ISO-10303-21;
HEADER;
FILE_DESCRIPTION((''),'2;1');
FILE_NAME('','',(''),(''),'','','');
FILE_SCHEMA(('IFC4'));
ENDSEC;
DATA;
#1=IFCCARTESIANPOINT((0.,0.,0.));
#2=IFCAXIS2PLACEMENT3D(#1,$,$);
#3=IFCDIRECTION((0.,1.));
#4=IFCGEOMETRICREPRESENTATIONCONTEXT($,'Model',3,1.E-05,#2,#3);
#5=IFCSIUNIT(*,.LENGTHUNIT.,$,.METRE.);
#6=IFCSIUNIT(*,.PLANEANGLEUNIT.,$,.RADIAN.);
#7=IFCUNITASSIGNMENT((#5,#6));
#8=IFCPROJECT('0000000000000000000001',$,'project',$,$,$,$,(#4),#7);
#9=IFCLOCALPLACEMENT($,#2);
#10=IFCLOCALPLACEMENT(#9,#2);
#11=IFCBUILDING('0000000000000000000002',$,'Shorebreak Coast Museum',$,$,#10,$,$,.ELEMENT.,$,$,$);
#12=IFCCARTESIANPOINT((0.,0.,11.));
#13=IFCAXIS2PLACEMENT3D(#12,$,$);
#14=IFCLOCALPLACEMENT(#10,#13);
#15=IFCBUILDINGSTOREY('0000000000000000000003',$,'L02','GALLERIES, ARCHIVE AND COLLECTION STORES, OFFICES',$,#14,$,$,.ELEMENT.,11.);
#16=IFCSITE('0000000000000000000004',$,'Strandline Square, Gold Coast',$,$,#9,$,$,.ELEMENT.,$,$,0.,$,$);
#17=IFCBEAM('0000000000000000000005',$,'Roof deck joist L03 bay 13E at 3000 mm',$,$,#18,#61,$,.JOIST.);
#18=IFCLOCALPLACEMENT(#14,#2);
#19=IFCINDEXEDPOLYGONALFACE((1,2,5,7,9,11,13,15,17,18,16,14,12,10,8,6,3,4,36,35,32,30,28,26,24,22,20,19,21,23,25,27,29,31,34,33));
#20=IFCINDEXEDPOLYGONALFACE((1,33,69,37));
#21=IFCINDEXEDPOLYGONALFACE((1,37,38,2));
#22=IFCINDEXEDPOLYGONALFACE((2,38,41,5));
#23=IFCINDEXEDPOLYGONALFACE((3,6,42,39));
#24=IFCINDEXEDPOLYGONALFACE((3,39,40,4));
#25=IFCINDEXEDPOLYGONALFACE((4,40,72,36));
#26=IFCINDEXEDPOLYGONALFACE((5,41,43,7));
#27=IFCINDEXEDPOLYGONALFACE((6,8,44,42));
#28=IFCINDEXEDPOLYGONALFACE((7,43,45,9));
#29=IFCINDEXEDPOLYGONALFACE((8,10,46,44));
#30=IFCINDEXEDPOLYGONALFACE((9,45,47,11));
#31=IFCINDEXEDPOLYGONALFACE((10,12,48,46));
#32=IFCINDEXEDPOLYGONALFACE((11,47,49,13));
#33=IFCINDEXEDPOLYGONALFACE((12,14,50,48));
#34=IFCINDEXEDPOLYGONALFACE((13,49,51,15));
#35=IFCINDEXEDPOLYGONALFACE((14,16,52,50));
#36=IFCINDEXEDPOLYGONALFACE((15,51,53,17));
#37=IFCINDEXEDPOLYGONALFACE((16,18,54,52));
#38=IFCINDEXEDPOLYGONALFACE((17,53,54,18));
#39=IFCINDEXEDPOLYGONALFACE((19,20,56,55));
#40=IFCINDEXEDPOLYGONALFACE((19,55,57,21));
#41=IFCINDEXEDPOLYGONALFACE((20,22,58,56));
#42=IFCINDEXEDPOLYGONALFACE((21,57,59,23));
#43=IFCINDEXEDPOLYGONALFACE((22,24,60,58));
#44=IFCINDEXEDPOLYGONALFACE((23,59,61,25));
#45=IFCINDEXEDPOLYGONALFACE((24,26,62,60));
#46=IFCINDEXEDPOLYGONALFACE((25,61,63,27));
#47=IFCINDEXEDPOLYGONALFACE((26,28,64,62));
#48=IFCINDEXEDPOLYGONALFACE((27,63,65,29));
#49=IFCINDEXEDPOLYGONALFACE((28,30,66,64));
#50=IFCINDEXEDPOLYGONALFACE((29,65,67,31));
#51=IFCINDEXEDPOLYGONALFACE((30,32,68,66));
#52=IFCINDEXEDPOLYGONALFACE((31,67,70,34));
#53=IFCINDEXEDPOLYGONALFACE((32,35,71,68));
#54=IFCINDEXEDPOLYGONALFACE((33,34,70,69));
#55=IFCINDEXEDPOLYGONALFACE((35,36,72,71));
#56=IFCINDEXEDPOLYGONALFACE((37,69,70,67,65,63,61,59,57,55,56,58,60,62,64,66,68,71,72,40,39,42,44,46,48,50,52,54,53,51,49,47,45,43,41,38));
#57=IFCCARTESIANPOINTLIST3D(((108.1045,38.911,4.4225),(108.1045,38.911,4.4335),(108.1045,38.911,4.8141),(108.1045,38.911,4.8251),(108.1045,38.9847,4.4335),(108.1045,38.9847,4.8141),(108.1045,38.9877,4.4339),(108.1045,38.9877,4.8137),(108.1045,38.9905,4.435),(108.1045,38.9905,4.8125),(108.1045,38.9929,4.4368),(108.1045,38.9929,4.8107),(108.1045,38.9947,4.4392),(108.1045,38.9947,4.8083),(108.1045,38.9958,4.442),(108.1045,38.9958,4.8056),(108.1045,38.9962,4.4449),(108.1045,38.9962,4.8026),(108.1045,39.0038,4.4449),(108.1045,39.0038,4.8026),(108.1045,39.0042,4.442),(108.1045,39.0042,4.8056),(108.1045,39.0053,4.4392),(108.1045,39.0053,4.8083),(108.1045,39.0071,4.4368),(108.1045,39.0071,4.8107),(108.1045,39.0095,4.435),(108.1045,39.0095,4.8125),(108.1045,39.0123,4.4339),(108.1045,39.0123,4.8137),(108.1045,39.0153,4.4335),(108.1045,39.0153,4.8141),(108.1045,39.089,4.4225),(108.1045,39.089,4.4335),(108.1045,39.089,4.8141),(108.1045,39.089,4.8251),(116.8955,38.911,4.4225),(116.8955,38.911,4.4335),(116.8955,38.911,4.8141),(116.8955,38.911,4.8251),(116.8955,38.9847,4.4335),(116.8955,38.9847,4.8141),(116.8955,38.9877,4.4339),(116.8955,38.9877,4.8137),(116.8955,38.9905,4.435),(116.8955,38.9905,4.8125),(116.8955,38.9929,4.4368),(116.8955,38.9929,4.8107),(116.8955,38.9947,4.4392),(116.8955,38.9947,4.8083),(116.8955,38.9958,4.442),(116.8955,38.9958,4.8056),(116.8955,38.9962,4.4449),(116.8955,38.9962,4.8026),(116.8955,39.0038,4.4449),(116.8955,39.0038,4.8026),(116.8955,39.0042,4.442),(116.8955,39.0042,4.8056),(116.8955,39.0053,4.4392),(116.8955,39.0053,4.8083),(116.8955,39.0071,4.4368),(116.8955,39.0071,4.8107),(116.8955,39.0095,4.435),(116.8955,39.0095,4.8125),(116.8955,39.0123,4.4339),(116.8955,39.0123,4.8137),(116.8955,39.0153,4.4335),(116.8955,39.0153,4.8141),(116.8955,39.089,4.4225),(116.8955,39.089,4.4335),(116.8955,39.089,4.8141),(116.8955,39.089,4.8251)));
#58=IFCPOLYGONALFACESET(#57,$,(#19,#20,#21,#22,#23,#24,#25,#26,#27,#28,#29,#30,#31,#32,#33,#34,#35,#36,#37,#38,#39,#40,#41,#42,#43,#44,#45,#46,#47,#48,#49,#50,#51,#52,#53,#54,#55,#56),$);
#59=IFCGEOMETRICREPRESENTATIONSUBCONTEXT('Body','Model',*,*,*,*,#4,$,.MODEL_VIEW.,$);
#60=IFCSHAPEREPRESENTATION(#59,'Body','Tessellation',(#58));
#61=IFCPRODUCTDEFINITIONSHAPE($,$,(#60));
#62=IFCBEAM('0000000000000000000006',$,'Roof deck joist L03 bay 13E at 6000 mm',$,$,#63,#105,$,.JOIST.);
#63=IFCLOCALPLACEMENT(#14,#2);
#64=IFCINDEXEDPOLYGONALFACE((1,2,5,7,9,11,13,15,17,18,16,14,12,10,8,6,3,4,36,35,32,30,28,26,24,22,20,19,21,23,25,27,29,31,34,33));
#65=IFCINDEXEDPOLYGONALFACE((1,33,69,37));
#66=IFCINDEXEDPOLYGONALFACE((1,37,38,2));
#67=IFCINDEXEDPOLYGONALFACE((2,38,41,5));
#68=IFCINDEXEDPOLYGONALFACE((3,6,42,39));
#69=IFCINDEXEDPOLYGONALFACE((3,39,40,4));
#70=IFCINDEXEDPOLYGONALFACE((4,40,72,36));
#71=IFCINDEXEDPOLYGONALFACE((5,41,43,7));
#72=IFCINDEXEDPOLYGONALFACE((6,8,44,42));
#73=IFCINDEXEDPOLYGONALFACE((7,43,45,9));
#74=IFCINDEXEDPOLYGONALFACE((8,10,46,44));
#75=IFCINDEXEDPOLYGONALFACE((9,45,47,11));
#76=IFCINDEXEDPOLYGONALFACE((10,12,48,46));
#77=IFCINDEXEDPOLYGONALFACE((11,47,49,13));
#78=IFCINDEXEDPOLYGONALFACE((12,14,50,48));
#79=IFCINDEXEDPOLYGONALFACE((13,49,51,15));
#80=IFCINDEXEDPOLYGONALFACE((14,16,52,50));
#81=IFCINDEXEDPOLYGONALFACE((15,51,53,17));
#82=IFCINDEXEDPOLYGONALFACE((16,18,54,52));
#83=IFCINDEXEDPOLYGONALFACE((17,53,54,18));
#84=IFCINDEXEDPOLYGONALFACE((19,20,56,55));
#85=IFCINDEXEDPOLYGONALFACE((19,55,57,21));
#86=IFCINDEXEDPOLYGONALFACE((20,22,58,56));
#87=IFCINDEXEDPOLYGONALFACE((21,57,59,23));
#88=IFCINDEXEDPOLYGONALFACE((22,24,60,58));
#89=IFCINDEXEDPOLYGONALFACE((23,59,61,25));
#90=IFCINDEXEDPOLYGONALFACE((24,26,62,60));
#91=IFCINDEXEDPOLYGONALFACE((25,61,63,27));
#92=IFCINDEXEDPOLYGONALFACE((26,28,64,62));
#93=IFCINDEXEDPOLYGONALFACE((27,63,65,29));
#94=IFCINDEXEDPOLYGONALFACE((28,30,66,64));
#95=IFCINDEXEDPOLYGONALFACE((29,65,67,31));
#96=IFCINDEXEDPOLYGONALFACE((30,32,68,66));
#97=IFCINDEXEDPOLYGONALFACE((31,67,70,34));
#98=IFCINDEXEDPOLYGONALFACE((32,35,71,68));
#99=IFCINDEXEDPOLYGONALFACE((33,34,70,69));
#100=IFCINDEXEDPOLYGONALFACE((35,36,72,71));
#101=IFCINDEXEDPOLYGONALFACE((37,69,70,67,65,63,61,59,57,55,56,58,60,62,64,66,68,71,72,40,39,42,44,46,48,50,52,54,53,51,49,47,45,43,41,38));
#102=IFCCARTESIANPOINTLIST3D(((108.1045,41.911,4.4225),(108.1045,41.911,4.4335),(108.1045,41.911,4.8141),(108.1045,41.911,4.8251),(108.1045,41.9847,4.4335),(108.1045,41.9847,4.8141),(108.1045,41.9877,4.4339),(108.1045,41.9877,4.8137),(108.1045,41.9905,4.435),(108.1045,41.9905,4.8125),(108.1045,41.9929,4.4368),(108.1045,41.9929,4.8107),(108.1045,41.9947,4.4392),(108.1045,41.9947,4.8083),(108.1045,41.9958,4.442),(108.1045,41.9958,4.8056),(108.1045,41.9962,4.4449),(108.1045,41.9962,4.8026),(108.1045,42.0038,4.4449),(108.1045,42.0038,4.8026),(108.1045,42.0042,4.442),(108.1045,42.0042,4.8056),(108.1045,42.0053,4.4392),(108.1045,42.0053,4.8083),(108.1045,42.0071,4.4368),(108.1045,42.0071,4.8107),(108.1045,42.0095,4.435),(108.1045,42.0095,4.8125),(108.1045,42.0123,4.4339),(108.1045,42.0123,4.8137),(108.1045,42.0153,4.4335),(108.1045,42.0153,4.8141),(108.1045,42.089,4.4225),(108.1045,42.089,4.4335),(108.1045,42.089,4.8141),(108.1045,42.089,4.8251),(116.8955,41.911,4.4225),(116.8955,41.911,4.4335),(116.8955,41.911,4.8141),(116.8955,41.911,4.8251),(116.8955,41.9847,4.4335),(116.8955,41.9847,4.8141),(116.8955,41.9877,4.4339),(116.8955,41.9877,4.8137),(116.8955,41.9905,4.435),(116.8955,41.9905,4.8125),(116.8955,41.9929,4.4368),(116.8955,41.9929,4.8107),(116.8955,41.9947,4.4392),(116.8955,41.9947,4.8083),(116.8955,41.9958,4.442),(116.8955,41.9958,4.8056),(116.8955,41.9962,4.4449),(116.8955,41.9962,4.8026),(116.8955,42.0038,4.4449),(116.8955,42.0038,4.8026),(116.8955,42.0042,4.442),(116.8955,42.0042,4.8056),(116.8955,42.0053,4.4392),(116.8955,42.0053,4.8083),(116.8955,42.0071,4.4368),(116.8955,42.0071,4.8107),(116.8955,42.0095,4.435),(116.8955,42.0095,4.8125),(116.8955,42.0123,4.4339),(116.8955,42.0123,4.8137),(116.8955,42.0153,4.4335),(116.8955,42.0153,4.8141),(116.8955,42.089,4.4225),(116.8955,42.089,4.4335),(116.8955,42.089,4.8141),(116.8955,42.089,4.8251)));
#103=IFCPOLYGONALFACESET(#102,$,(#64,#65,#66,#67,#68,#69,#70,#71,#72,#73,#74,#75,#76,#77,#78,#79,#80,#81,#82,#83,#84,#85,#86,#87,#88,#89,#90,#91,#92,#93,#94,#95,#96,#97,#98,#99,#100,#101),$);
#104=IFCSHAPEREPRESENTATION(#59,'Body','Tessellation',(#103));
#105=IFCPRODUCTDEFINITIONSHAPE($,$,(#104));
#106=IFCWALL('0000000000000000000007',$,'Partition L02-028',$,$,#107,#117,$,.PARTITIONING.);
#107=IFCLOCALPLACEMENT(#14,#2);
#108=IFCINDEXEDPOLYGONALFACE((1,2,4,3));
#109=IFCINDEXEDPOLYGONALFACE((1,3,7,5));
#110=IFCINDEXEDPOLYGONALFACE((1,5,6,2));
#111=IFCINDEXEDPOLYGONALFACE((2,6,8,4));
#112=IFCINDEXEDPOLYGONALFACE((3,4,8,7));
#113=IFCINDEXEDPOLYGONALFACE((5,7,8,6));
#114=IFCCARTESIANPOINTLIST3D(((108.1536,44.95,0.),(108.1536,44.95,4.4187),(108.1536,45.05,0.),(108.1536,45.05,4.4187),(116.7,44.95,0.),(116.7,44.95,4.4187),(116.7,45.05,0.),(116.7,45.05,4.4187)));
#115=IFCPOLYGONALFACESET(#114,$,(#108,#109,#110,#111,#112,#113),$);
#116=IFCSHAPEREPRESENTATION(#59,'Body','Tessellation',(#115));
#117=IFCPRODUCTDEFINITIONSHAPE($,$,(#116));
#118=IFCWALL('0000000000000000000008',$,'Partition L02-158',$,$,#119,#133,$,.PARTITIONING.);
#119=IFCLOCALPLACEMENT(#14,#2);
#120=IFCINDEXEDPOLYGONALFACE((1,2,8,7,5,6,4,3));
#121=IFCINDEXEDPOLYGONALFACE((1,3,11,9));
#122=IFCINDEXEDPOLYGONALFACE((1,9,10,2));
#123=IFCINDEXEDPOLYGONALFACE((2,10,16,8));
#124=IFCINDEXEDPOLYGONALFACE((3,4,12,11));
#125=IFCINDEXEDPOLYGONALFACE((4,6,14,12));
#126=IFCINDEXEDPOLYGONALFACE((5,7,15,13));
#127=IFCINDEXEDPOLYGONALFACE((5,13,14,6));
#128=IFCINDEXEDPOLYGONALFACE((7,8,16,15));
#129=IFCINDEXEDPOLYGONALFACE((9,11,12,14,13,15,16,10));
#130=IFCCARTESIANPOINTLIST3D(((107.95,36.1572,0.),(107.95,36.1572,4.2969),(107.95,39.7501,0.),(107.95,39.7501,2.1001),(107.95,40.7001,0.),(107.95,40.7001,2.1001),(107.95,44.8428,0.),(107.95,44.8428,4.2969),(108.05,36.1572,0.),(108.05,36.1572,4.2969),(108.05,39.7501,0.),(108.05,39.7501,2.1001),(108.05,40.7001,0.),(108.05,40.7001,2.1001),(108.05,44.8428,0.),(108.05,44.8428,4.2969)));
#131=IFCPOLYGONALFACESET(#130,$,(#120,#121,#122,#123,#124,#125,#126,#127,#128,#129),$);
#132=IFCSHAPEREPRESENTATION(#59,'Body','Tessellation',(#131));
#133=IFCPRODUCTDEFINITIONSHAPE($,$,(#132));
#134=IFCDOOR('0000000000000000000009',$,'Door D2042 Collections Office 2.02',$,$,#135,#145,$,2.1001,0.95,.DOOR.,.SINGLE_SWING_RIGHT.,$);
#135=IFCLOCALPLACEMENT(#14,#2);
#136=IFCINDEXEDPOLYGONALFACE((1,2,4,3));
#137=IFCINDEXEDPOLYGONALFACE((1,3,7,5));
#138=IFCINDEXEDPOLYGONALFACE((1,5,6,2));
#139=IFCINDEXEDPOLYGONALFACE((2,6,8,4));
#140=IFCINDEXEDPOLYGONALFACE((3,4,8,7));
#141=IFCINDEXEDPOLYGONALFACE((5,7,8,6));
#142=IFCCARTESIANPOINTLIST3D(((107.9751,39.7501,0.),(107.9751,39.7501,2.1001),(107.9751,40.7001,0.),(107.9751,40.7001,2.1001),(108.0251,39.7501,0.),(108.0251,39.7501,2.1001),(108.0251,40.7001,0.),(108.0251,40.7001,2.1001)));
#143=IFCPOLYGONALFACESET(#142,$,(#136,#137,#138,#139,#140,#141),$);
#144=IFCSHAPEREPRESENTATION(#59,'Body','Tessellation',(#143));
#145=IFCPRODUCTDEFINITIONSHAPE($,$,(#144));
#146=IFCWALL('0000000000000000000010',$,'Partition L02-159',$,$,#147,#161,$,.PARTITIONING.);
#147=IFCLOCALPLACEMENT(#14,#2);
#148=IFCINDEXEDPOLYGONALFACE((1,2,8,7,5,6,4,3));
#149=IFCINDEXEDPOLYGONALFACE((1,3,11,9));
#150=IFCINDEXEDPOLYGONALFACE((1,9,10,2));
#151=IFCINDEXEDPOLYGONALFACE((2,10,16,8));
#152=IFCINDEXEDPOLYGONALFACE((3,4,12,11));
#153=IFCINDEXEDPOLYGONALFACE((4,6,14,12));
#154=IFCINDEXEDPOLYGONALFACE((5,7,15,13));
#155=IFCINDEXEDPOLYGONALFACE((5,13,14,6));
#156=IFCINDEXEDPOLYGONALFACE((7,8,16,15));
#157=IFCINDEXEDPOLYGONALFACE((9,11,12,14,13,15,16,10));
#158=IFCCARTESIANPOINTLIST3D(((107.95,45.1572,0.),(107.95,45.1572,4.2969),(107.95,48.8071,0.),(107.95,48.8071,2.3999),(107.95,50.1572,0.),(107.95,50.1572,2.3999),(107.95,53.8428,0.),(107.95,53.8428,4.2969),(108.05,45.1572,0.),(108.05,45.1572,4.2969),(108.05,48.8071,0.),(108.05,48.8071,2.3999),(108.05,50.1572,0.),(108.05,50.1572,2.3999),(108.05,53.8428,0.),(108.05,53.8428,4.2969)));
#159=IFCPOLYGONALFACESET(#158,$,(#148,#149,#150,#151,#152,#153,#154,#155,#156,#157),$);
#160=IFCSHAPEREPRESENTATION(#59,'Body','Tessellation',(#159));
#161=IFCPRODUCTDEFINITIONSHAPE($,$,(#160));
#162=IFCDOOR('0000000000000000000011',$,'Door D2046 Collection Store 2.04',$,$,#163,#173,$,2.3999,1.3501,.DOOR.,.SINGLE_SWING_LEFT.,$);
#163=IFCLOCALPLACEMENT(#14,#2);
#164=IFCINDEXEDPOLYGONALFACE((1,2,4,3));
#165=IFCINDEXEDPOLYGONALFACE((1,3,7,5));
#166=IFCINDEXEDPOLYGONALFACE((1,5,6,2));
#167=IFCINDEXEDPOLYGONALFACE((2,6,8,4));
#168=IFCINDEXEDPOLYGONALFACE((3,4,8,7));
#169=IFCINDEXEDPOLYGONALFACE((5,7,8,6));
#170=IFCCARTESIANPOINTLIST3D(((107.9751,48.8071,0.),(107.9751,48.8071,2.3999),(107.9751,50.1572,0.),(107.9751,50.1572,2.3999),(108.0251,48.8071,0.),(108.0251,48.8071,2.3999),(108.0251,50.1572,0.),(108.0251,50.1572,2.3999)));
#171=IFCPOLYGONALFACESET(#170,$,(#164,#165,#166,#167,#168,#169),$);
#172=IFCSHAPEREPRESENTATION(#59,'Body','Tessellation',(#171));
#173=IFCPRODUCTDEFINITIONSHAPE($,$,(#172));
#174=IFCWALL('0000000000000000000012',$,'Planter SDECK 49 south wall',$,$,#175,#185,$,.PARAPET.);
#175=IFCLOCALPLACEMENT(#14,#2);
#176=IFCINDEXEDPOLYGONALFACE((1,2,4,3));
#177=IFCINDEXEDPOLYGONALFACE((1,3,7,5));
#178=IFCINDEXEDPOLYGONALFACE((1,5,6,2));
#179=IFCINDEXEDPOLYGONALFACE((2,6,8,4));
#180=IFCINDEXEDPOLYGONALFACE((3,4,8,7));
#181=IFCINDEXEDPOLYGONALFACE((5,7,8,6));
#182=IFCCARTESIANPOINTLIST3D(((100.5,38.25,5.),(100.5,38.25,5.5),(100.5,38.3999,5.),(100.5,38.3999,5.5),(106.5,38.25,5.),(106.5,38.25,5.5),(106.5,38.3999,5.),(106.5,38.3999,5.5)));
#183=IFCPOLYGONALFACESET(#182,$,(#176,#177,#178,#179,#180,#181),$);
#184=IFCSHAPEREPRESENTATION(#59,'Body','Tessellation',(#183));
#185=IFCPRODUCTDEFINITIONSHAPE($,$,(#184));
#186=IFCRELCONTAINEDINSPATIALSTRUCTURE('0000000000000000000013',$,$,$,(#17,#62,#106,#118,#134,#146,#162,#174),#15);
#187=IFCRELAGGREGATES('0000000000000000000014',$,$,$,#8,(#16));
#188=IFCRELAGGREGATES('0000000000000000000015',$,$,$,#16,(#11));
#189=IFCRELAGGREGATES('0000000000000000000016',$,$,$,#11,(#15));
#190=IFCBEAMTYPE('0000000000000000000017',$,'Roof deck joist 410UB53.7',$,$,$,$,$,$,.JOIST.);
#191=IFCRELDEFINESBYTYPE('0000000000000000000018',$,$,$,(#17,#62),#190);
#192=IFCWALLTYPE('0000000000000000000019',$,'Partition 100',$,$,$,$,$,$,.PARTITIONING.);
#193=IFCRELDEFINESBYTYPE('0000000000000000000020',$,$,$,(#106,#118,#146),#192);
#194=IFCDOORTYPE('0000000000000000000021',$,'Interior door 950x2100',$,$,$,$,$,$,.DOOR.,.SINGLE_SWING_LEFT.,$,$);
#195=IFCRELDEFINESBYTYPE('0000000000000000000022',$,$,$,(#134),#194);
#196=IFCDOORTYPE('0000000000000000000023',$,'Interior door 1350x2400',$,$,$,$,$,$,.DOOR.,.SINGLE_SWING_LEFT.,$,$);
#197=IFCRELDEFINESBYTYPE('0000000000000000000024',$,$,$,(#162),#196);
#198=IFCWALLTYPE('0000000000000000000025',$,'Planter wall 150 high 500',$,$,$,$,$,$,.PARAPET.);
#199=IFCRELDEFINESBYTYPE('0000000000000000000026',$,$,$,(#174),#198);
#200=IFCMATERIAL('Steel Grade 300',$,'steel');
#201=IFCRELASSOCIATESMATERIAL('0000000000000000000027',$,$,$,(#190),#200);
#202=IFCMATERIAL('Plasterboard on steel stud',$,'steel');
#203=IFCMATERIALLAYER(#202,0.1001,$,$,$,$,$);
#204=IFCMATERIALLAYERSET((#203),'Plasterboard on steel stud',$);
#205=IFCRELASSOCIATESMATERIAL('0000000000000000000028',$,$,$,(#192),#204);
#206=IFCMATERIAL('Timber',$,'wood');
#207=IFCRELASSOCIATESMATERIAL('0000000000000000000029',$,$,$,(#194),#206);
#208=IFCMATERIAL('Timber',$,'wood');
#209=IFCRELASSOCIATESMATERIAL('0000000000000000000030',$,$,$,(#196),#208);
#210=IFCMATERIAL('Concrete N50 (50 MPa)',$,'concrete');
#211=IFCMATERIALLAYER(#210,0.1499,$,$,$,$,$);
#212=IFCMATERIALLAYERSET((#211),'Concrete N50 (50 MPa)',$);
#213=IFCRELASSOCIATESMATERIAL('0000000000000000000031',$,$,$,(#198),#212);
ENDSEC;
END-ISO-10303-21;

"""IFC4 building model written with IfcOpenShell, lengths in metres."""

from ifc_helpers import new_model, si_unit, direction, frame, frame_2d, origin, origin_2d, place, context, subcontext, project, spatial, rectangle, i_section, extrude, material, layer, layer_set, material_profile, profile_set, type_object, element, fill, save


model = new_model("IFC4")

# Units and contexts
model_context = context("Model", 3, precision=1e-05, world=origin(), true_north=direction((0.0, 1.0)))
body_context = subcontext(model_context, "Body", "Model", "MODEL_VIEW")
ifc_project = project(units=[si_unit("LENGTHUNIT", "METRE"), si_unit("PLANEANGLEUNIT", "RADIAN")], contexts=[model_context])

# Site, building, storey
site_placement = place(None, origin())
site = spatial("IfcSite", under=ifc_project, at=site_placement, Name="Strandline Square, Gold Coast", CompositionType="ELEMENT", RefElevation=0.0)
building_placement = place(site_placement, origin())
building = spatial("IfcBuilding", under=site, at=building_placement, Name="Shorebreak Coast Museum", CompositionType="ELEMENT")
storey_placement = place(building_placement, frame((0.0, 0.0, 11.0)))
storey = spatial("IfcBuildingStorey", under=building, at=storey_placement, Name="L02", Description="GALLERIES, ARCHIVE AND COLLECTION STORES, OFFICES", CompositionType="ELEMENT", Elevation=11.0)

# Beams
ifc_material_1 = material(Name="Steel Grade 300", Category="steel")
ifc_material_profile_1 = material_profile(ifc_material_1, i_section(OverallWidth=0.178, OverallDepth=0.4026, WebThickness=0.0076, FlangeThickness=0.011, FilletRadius=0.0115, at=origin_2d()), Name="410UB53.7")
ifc_profile_set_1 = profile_set([ifc_material_profile_1], Name="Steel Grade 300")
beam_type_1 = type_object("IfcBeamType", Name="Roof deck joist 410UB53.7", PredefinedType="JOIST", material=ifc_profile_set_1)
for number, where, z_axis, x_axis, name in (
    (1, (108.1045, 39.0, 4.6238), (1.0, 0.0, 0.0), (0.0, 1.0, 0.0), "Roof deck joist L03 bay 13E at 3000 mm"),
    (2, (108.1045, 42.0, 4.6238), (1.0, 0.0, 0.0), (0.0, 1.0, 0.0), "Roof deck joist L03 bay 13E at 6000 mm"),
):
    element("IfcBeam", number, at=place(storey_placement, frame(where, z_axis=z_axis, x_axis=x_axis)), inside=storey, type_object=beam_type_1, Name=name, PredefinedType="JOIST", context=body_context, shape_type="SweptSolid", body=[
        extrude(i_section(OverallWidth=0.178, OverallDepth=0.4026, WebThickness=0.0076, FlangeThickness=0.011, FilletRadius=0.0115, at=origin_2d()), origin(), (0.0, 0.0, 1.0), 8.791),
    ])

# Wall
ifc_material_2 = material(Name="Plasterboard on steel stud", Category="steel")
ifc_layer_1 = layer(ifc_material_2, 0.1001)
ifc_layer_set_1 = layer_set([ifc_layer_1], Name="Plasterboard on steel stud")
wall_type_1 = type_object("IfcWallType", Name="Partition 100", PredefinedType="PARTITIONING", material=ifc_layer_set_1)
wall_1_placement = place(storey_placement, frame((108.1536, 45.0, 0.0), z_axis=(0.0, 0.0, 1.0), x_axis=(1.0, 0.0, 0.0)))
element("IfcWall", 3, at=wall_1_placement, inside=storey, type_object=wall_type_1, Name="Partition L02-028", PredefinedType="PARTITIONING", context=body_context, shape_type="SweptSolid", body=[
    extrude(rectangle(XDim=8.5464, YDim=0.1001, at=frame_2d((4.2732, 0.0))), origin(), (0.0, 0.0, 1.0), 4.4187),
])

# Walls, openings, doors
wall_2_placement = place(storey_placement, frame((108.0, 36.1572, 0.0), z_axis=(0.0, 0.0, 1.0), x_axis=(0.0, 1.0, 0.0)))
wall_2 = element("IfcWall", 4, at=wall_2_placement, inside=storey, type_object=wall_type_1, Name="Partition L02-158", PredefinedType="PARTITIONING", context=body_context, shape_type="SweptSolid", body=[
    extrude(rectangle(XDim=8.6855, YDim=0.1001, at=frame_2d((4.3428, 0.0))), origin(), (0.0, 0.0, 1.0), 4.2969),
])
opening_1_placement = place(wall_2_placement, frame((3.5928, 0.0, 0.0)))
opening_1 = element("IfcOpeningElement", 5, at=opening_1_placement, cuts=wall_2, PredefinedType="OPENING", context=body_context, shape_type="SweptSolid", body=[
    extrude(rectangle(XDim=0.95, YDim=2.1001, at=frame_2d((0.4751, 1.05))), frame((0.0, 0.0601, 0.0), z_axis=(0.0, -1.0, 0.0), x_axis=(1.0, 0.0, 0.0)), (0.0, 0.0, 1.0), 0.1201),
])
ifc_material_3 = material(Name="Timber", Category="wood")
door_type_1 = type_object("IfcDoorType", Name="Interior door 950x2100", OperationType="SINGLE_SWING_LEFT", PredefinedType="DOOR", material=ifc_material_3)
door_1_placement = place(opening_1_placement, origin())
door_1 = element("IfcDoor", 6, at=door_1_placement, inside=storey, type_object=door_type_1, Name="Door D2042 Collections Office 2.02", OperationType="SINGLE_SWING_RIGHT", OverallHeight=2.1001, OverallWidth=0.95, PredefinedType="DOOR", context=body_context, shape_type="SweptSolid", body=[
    extrude(rectangle(XDim=0.95, YDim=2.1001, at=frame_2d((0.4751, 1.05))), frame((0.0, 0.0249, 0.0), z_axis=(0.0, -1.0, 0.0), x_axis=(1.0, 0.0, 0.0)), (0.0, 0.0, 1.0), 0.05),
])
fill(opening_1, door_1)
wall_3_placement = place(storey_placement, frame((108.0, 45.1572, 0.0), z_axis=(0.0, 0.0, 1.0), x_axis=(0.0, 1.0, 0.0)))
wall_3 = element("IfcWall", 7, at=wall_3_placement, inside=storey, type_object=wall_type_1, Name="Partition L02-159", PredefinedType="PARTITIONING", context=body_context, shape_type="SweptSolid", body=[
    extrude(rectangle(XDim=8.6855, YDim=0.1001, at=frame_2d((4.3428, 0.0))), origin(), (0.0, 0.0, 1.0), 4.2969),
])
opening_2_placement = place(wall_3_placement, frame((3.6499, 0.0, 0.0)))
opening_2 = element("IfcOpeningElement", 8, at=opening_2_placement, cuts=wall_3, PredefinedType="OPENING", context=body_context, shape_type="SweptSolid", body=[
    extrude(rectangle(XDim=1.3501, YDim=2.3999, at=frame_2d((0.675, 1.2))), frame((0.0, 0.0601, 0.0), z_axis=(0.0, -1.0, 0.0), x_axis=(1.0, 0.0, 0.0)), (0.0, 0.0, 1.0), 0.1201),
])
ifc_material_4 = material(Name="Timber", Category="wood")
door_type_2 = type_object("IfcDoorType", Name="Interior door 1350x2400", OperationType="SINGLE_SWING_LEFT", PredefinedType="DOOR", material=ifc_material_4)
door_2_placement = place(opening_2_placement, origin())
door_2 = element("IfcDoor", 9, at=door_2_placement, inside=storey, type_object=door_type_2, Name="Door D2046 Collection Store 2.04", OperationType="SINGLE_SWING_LEFT", OverallHeight=2.3999, OverallWidth=1.3501, PredefinedType="DOOR", context=body_context, shape_type="SweptSolid", body=[
    extrude(rectangle(XDim=1.3501, YDim=2.3999, at=frame_2d((0.675, 1.2))), frame((0.0, 0.0249, 0.0), z_axis=(0.0, -1.0, 0.0), x_axis=(1.0, 0.0, 0.0)), (0.0, 0.0, 1.0), 0.05),
])
fill(opening_2, door_2)

# Wall
ifc_material_5 = material(Name="Concrete N50 (50 MPa)", Category="concrete")
ifc_layer_2 = layer(ifc_material_5, 0.1499)
ifc_layer_set_2 = layer_set([ifc_layer_2], Name="Concrete N50 (50 MPa)")
wall_type_2 = type_object("IfcWallType", Name="Planter wall 150 high 500", PredefinedType="PARAPET", material=ifc_layer_set_2)
for number, where, z_axis, x_axis, name in (
    (10, (100.5, 38.325, 5.0), (0.0, 0.0, 1.0), (1.0, 0.0, 0.0), "Planter SDECK 49 south wall"),
):
    element("IfcWall", number, at=place(storey_placement, frame(where, z_axis=z_axis, x_axis=x_axis)), inside=storey, type_object=wall_type_2, Name=name, PredefinedType="PARAPET", context=body_context, shape_type="SweptSolid", body=[
        extrude(rectangle(XDim=6.0, YDim=0.1499, at=frame_2d((3.0, 0.0))), origin(), (0.0, 0.0, 1.0), 0.5),
    ])

save(model, "model.ifc")
